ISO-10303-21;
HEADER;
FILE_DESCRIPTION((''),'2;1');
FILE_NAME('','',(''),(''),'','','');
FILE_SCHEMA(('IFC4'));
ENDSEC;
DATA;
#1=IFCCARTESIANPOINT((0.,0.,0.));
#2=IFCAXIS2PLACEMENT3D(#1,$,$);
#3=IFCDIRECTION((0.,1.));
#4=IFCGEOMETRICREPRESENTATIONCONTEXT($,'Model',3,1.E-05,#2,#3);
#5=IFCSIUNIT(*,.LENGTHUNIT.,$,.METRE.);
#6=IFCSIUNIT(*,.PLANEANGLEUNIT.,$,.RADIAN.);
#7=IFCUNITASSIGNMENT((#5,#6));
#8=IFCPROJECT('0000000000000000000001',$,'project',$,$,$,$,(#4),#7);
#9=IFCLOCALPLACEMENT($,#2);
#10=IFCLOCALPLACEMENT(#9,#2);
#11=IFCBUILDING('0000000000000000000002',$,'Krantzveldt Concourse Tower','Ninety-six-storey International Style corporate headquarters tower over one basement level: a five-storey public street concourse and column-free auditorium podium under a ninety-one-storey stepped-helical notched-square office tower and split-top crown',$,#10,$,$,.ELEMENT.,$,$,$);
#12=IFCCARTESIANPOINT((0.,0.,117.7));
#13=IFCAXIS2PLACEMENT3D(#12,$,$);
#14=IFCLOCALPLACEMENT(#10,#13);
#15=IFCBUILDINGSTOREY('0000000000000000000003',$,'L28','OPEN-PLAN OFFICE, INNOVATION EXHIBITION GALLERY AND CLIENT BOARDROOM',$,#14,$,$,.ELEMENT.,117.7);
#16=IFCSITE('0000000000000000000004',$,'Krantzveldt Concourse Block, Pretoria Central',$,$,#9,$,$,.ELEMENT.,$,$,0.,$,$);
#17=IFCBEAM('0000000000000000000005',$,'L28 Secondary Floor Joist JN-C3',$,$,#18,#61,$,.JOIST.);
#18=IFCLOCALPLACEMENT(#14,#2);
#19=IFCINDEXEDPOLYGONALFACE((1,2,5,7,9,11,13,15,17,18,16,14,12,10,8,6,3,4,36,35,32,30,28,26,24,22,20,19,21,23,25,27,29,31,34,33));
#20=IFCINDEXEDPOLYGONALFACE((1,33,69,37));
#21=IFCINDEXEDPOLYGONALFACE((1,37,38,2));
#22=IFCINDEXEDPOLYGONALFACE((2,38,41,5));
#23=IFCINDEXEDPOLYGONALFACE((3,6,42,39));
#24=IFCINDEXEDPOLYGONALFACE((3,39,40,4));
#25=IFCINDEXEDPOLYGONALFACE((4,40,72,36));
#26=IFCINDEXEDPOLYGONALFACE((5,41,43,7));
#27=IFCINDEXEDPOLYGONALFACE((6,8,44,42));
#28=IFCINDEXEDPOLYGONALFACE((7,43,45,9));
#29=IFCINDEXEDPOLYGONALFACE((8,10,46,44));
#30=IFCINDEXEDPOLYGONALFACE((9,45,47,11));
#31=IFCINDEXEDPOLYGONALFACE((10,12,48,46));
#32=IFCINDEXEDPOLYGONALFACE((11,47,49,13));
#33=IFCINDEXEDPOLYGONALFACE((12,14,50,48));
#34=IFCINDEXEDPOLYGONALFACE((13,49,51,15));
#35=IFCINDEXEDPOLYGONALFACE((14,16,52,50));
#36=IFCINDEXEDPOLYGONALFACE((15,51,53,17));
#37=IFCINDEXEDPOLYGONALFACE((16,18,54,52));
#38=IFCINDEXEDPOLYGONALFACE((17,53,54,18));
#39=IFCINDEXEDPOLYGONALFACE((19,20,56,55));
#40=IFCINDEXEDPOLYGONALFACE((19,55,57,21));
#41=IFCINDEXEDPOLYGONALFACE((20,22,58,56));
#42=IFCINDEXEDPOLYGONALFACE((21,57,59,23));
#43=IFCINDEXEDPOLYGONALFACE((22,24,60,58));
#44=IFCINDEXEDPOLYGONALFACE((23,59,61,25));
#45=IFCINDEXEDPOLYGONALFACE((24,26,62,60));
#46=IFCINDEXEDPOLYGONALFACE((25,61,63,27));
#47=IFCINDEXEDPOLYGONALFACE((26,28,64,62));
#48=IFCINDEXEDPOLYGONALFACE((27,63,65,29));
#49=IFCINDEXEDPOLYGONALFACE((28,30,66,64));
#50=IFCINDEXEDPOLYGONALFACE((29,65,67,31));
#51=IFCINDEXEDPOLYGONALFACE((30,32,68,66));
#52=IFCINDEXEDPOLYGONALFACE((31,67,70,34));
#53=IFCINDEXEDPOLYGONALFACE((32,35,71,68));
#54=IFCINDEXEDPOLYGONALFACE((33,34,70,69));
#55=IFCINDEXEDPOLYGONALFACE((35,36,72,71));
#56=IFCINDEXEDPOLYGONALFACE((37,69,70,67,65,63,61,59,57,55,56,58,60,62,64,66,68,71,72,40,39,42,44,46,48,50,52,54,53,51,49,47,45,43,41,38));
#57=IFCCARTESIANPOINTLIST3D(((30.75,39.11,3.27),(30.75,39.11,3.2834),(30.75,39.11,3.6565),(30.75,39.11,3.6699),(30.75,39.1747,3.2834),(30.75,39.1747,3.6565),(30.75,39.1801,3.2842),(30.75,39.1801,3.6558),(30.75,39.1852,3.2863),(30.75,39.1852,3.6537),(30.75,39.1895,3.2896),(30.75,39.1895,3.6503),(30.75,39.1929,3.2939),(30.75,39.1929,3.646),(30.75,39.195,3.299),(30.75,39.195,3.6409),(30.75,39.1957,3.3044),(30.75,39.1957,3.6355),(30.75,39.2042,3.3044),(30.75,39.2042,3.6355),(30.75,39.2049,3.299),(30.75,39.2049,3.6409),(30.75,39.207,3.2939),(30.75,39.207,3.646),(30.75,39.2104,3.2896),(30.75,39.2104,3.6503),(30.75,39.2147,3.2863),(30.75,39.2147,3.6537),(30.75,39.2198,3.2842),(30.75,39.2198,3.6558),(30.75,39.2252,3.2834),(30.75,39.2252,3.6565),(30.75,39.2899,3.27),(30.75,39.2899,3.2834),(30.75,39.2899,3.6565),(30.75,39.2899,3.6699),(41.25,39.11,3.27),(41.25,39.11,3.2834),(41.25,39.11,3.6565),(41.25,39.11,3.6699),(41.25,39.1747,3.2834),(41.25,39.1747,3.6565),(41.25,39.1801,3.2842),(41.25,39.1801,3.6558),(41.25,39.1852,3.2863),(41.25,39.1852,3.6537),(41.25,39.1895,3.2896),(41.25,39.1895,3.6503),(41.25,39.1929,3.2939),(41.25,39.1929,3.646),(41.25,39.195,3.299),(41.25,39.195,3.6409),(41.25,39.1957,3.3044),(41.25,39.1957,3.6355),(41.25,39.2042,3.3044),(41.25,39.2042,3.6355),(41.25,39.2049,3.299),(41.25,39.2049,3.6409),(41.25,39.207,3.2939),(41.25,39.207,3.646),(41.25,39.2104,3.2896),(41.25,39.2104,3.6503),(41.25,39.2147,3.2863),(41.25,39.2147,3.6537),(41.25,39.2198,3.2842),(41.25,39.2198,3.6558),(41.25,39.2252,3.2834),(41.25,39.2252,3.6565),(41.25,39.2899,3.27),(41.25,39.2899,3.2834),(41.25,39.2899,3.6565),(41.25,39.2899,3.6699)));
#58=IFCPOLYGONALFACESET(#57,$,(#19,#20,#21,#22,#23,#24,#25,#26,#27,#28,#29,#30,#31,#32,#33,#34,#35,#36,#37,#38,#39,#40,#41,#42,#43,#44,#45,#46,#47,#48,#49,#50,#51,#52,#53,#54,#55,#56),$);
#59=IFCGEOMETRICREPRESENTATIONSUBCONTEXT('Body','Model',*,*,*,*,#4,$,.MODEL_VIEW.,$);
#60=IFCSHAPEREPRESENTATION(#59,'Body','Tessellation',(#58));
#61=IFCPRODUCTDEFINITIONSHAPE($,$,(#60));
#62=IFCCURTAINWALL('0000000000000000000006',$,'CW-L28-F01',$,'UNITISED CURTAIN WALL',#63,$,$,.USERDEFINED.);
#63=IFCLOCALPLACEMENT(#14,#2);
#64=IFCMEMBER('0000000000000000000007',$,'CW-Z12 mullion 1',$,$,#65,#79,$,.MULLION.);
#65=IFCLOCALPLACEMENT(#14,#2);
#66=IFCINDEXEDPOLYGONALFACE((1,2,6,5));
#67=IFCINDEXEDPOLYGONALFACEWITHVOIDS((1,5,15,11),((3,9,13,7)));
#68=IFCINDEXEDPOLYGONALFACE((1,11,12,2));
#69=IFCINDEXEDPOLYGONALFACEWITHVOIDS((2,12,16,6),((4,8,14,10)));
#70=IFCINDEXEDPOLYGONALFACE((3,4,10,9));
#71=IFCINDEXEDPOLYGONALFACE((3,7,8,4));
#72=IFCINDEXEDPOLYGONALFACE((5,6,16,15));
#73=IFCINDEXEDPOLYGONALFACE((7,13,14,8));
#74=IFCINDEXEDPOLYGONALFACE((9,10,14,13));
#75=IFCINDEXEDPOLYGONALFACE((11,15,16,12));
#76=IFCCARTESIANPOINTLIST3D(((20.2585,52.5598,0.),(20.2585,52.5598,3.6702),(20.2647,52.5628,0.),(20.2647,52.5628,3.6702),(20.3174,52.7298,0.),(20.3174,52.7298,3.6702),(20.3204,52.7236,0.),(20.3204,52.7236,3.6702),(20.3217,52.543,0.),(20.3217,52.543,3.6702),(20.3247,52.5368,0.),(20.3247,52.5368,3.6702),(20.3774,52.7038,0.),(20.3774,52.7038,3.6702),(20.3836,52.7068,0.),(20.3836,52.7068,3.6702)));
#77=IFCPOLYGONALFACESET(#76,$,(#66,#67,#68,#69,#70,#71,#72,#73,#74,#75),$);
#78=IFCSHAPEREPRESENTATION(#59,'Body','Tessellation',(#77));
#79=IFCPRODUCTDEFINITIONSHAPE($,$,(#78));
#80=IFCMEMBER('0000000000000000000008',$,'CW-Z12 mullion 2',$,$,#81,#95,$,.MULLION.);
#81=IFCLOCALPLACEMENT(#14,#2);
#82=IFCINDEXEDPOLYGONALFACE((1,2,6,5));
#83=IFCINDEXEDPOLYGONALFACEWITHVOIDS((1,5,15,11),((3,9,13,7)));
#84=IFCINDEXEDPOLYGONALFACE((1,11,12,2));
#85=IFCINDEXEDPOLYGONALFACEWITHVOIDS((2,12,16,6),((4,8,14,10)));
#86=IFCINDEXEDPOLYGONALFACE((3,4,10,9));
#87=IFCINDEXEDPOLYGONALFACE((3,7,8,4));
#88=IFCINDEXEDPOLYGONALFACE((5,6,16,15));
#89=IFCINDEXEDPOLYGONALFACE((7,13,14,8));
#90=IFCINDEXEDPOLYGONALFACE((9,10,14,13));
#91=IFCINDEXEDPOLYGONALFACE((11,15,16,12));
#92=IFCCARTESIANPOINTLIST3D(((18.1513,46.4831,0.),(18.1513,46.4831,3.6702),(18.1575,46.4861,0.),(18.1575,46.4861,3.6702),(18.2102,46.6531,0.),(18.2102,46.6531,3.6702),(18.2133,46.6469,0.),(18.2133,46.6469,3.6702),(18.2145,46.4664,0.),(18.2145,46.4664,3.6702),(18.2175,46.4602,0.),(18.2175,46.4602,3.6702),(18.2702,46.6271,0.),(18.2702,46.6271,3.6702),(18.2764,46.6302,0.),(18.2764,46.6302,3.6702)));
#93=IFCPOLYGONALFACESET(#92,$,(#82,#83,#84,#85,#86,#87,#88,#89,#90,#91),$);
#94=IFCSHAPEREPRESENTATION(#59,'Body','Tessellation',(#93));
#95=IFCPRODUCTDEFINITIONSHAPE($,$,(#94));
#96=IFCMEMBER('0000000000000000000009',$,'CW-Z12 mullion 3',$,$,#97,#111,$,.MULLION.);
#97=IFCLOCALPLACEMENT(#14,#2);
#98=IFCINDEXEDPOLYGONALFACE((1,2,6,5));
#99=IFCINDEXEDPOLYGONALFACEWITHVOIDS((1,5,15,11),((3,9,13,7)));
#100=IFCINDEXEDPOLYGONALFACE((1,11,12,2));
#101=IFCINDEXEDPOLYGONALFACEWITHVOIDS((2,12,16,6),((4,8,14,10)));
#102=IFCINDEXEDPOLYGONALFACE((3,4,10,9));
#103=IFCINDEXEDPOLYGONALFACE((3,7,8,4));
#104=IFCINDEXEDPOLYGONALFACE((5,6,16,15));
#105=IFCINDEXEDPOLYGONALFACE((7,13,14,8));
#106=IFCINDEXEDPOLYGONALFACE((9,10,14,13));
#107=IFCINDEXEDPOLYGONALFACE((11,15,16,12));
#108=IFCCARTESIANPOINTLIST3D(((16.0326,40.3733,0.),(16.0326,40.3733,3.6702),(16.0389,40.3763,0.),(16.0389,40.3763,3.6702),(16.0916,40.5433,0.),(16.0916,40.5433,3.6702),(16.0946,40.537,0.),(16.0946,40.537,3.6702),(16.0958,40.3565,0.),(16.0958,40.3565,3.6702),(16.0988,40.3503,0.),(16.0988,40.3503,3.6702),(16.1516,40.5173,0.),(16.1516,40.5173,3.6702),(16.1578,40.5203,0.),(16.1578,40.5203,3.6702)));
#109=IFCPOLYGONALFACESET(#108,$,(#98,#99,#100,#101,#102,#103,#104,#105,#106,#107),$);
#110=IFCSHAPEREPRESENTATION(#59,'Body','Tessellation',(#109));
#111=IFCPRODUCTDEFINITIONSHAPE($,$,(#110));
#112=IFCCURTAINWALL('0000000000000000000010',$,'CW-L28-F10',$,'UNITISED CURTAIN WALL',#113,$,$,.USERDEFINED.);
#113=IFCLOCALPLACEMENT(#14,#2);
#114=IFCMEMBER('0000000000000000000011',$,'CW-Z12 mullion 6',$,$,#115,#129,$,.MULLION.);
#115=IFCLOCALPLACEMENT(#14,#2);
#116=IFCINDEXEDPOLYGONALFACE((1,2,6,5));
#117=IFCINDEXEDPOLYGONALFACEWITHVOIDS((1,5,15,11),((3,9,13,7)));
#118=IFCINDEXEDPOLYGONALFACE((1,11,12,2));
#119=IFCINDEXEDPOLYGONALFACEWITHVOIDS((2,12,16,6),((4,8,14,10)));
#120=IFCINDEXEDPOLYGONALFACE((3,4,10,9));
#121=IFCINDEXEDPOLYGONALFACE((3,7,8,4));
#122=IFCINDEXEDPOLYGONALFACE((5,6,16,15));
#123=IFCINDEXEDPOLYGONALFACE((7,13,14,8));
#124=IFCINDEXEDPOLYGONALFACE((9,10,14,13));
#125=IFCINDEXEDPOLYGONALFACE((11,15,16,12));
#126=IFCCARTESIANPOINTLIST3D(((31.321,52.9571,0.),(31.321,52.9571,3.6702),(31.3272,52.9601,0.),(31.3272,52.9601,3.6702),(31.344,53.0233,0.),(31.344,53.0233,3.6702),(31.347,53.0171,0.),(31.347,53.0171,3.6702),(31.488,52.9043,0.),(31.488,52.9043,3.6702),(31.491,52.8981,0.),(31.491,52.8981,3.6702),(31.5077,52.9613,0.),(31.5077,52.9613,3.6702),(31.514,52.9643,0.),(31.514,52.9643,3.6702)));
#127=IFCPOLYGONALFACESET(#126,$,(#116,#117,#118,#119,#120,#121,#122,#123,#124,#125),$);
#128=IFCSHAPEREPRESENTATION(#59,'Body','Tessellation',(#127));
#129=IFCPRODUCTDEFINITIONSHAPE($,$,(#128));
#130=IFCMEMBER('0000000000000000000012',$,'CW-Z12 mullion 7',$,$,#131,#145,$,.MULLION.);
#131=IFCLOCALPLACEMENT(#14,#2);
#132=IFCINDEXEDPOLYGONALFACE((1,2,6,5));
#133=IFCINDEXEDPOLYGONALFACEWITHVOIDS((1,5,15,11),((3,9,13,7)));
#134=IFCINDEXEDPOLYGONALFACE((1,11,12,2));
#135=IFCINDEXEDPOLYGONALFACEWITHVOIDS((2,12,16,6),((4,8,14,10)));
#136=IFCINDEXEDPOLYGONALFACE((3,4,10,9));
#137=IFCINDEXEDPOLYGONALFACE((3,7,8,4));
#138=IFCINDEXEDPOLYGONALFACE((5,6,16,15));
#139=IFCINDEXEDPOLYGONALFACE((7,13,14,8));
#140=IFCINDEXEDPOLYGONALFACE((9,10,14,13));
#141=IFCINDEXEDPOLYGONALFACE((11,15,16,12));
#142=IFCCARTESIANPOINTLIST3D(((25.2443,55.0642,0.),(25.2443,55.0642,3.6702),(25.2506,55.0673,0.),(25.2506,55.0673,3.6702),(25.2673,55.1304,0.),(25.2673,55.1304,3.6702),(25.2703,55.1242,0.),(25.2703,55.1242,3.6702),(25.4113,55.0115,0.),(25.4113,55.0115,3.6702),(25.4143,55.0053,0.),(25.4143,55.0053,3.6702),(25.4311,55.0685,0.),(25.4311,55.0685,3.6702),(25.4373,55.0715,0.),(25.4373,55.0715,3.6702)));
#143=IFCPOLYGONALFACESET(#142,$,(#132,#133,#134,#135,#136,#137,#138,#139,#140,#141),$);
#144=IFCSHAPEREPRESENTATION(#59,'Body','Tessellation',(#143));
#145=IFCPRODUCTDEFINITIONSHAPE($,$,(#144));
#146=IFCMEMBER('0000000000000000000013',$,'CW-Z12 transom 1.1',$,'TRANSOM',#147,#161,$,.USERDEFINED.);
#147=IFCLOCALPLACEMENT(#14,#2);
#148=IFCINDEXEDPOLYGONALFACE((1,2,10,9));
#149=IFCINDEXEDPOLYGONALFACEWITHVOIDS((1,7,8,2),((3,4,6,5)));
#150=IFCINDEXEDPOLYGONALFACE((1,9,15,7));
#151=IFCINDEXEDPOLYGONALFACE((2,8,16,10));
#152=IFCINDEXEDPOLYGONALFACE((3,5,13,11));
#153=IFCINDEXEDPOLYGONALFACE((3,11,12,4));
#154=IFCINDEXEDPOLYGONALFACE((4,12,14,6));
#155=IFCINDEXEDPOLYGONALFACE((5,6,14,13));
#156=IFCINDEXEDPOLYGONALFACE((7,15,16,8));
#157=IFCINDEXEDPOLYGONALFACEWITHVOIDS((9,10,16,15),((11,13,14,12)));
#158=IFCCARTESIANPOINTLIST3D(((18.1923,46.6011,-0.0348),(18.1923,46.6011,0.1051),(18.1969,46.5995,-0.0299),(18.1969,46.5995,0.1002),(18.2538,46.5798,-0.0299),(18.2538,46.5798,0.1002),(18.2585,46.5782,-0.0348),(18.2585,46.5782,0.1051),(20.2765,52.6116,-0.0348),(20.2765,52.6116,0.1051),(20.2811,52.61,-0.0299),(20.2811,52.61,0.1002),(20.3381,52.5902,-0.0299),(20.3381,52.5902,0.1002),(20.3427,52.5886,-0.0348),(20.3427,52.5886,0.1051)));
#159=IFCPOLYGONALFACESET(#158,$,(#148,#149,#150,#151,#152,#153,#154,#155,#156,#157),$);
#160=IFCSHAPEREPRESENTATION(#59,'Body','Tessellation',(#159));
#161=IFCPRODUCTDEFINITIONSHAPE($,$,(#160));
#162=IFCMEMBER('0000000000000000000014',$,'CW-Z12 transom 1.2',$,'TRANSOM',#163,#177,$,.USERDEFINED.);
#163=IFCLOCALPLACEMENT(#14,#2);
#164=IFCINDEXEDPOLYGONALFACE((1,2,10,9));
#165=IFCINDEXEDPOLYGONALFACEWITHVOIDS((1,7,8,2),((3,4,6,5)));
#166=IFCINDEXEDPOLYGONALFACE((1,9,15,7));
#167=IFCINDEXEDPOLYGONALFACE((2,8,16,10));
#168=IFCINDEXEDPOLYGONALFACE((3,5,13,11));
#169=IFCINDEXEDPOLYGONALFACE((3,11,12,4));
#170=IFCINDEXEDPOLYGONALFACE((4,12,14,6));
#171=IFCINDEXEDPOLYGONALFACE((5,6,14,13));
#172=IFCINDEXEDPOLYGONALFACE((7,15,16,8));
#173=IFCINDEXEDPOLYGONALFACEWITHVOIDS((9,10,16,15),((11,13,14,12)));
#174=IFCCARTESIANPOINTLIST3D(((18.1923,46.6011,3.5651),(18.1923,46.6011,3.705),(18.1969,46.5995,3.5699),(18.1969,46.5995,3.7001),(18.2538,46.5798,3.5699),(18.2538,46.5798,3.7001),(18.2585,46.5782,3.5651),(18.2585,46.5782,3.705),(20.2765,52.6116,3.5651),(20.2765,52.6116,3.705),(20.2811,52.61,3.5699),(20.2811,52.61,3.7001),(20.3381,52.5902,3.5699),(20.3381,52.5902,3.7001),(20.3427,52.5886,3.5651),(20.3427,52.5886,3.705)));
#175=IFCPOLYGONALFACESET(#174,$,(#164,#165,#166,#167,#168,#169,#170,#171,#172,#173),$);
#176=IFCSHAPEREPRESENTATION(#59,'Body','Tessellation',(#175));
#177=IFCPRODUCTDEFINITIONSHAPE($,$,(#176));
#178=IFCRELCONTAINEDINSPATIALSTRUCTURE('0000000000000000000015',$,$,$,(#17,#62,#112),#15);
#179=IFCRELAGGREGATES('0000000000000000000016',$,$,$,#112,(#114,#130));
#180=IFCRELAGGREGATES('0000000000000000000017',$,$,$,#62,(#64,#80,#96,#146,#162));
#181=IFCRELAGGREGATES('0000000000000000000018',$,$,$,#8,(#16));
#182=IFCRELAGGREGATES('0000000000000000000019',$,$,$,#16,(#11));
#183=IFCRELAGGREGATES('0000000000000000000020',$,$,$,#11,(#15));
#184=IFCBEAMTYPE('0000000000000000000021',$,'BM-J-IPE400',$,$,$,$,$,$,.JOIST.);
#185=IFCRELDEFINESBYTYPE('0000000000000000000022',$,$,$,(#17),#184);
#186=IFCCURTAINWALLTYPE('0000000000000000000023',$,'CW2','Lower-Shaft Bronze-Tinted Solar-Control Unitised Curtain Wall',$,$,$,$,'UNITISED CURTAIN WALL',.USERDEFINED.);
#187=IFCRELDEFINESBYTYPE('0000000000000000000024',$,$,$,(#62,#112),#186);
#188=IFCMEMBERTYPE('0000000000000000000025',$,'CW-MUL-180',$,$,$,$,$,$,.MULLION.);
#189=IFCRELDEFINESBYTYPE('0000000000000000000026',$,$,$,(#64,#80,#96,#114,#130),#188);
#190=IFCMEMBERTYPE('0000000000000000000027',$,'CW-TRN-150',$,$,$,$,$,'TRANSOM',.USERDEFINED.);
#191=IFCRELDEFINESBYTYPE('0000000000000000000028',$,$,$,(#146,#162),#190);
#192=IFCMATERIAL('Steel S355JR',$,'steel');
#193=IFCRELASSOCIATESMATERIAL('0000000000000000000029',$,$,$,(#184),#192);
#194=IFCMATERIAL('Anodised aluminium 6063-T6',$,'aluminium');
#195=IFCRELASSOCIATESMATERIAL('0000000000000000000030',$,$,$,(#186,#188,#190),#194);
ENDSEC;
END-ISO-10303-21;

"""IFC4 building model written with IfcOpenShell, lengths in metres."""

from ifc_helpers import new_model, si_unit, direction, frame, origin, origin_2d, place, context, subcontext, project, spatial, hollow_rectangle, i_section, extrude, source, transform, mapped, material, material_profile, profile_set, type_object, type_shapes, element, aggregate, save


model = new_model("IFC4")

# Units and contexts
model_context = context("Model", 3, precision=1e-05, world=origin(), true_north=direction((0.0, 1.0)))
body_context = subcontext(model_context, "Body", "Model", "MODEL_VIEW")
ifc_project = project(units=[si_unit("LENGTHUNIT", "METRE"), si_unit("PLANEANGLEUNIT", "RADIAN")], contexts=[model_context])

# Site, building, storey
site_placement = place(None, origin())
site = spatial("IfcSite", under=ifc_project, at=site_placement, Name="Krantzveldt Concourse Block, Pretoria Central", CompositionType="ELEMENT", RefElevation=0.0)
building_placement = place(site_placement, origin())
building = spatial("IfcBuilding", under=site, at=building_placement, Name="Krantzveldt Concourse Tower", Description="Ninety-six-storey International Style corporate headquarters tower over one basement level: a five-storey public street concourse and column-free auditorium podium under a ninety-one-storey stepped-helical notched-square office tower and split-top crown", CompositionType="ELEMENT")
storey_placement = place(building_placement, frame((0.0, 0.0, 117.7)))
storey = spatial("IfcBuildingStorey", under=building, at=storey_placement, Name="L28", Description="OPEN-PLAN OFFICE, INNOVATION EXHIBITION GALLERY AND CLIENT BOARDROOM", CompositionType="ELEMENT", Elevation=117.7)

# Beam
ifc_material_1 = material(Name="Steel S355JR", Category="steel")
ifc_material_profile_1 = material_profile(ifc_material_1, i_section(OverallWidth=0.1799, OverallDepth=0.3999, WebThickness=0.0085, FlangeThickness=0.0134, FilletRadius=0.021, at=origin_2d()), Name="Steel S355JR", Category="steel")
ifc_profile_set_1 = profile_set([ifc_material_profile_1], Name="Steel S355JR - IPE 400")
beam_type_1 = type_object("IfcBeamType", Name="BM-J-IPE400", PredefinedType="JOIST", material=ifc_profile_set_1)
shared_shape_1 = source(origin(), body_context, "Body", "SweptSolid", [
    extrude(i_section(OverallWidth=0.1799, OverallDepth=0.3999, WebThickness=0.0085, FlangeThickness=0.0134, FilletRadius=0.021, at=origin_2d()), origin(), (0.0, 0.0, 1.0), 10.5),
])
type_shapes(beam_type_1, [shared_shape_1])
beam_1_placement = place(storey_placement, frame((30.75, 39.2, 3.47), z_axis=(1.0, 0.0, 0.0), x_axis=(0.0, 1.0, 0.0)))
element("IfcBeam", 1, at=beam_1_placement, inside=storey, type_object=beam_type_1, Name="L28 Secondary Floor Joist JN-C3", PredefinedType="JOIST", context=body_context, shape_type="MappedRepresentation", body=[
    mapped(shared_shape_1, transform((0.0, 0.0, 0.0), x_axis=(1.0, 0.0, 0.0), y_axis=(0.0, 1.0, 0.0), z_axis=(0.0, 0.0, 1.0), scale=1.0)),
])

# Curtain walls, members
ifc_material_2 = material(Name="Anodised aluminium 6063-T6", Category="aluminium")
curtain_wall_type = type_object("IfcCurtainWallType", Name="CW2", Description="Lower-Shaft Bronze-Tinted Solar-Control Unitised Curtain Wall", ElementType="UNITISED CURTAIN WALL", PredefinedType="USERDEFINED", material=ifc_material_2)
curtain_wall_1_placement = place(storey_placement, origin())
curtain_wall_1 = element("IfcCurtainWall", 2, at=curtain_wall_1_placement, inside=storey, type_object=curtain_wall_type, Name="CW-L28-F01", ObjectType="UNITISED CURTAIN WALL", PredefinedType="USERDEFINED")
ifc_material_profile_2 = material_profile(ifc_material_2, hollow_rectangle(XDim=0.0701, YDim=0.1799, WallThickness=0.0049, at=origin_2d()), Name="Anodised aluminium 6063-T6", Category="aluminium")
ifc_profile_set_2 = profile_set([ifc_material_profile_2], Name="Anodised aluminium 6063-T6 - ALU-MULL 180x70x5")
member_type_1 = type_object("IfcMemberType", Name="CW-MUL-180", PredefinedType="MULLION", material=ifc_profile_set_2)
shared_shape_2 = source(origin(), body_context, "Body", "SweptSolid", [
    extrude(hollow_rectangle(XDim=0.0701, YDim=0.1799, WallThickness=0.0049, at=origin_2d()), origin(), (0.0, 0.0, 1.0), 3.6702),
])
type_shapes(member_type_1, [shared_shape_2])
member_1_placement = place(storey_placement, frame((20.321, 52.6333, 0.0), z_axis=(0.0, 0.0, 1.0), x_axis=(0.944806, -0.32763, 0.0)))
member_1 = element("IfcMember", 3, at=member_1_placement, type_object=member_type_1, Name="CW-Z12 mullion 1", PredefinedType="MULLION", context=body_context, shape_type="MappedRepresentation", body=[
    mapped(shared_shape_2, transform((0.0, 0.0, 0.0), x_axis=(1.0, 0.0, 0.0), y_axis=(0.0, 1.0, 0.0), z_axis=(0.0, 0.0, 1.0), scale=1.0)),
])
member_2_placement = place(storey_placement, frame((18.2139, 46.5566, 0.0), z_axis=(0.0, 0.0, 1.0), x_axis=(0.944806, -0.32763, 0.0)))
member_2 = element("IfcMember", 4, at=member_2_placement, type_object=member_type_1, Name="CW-Z12 mullion 2", PredefinedType="MULLION", context=body_context, shape_type="MappedRepresentation", body=[
    mapped(shared_shape_2, transform((0.0, 0.0, 0.0), x_axis=(1.0, 0.0, 0.0), y_axis=(0.0, 1.0, 0.0), z_axis=(0.0, 0.0, 1.0), scale=1.0)),
])
member_3_placement = place(storey_placement, frame((16.0952, 40.4468, 0.0), z_axis=(0.0, 0.0, 1.0), x_axis=(0.944806, -0.32763, 0.0)))
member_3 = element("IfcMember", 5, at=member_3_placement, type_object=member_type_1, Name="CW-Z12 mullion 3", PredefinedType="MULLION", context=body_context, shape_type="MappedRepresentation", body=[
    mapped(shared_shape_2, transform((0.0, 0.0, 0.0), x_axis=(1.0, 0.0, 0.0), y_axis=(0.0, 1.0, 0.0), z_axis=(0.0, 0.0, 1.0), scale=1.0)),
])
curtain_wall_2_placement = place(storey_placement, origin())
curtain_wall_2 = element("IfcCurtainWall", 6, at=curtain_wall_2_placement, inside=storey, type_object=curtain_wall_type, Name="CW-L28-F10", ObjectType="UNITISED CURTAIN WALL", PredefinedType="USERDEFINED")
member_4_placement = place(storey_placement, frame((31.4175, 52.9607, 0.0), z_axis=(0.0, 0.0, 1.0), x_axis=(-0.32763, -0.944806, 0.0)))
member_4 = element("IfcMember", 7, at=member_4_placement, type_object=member_type_1, Name="CW-Z12 mullion 6", PredefinedType="MULLION", context=body_context, shape_type="MappedRepresentation", body=[
    mapped(shared_shape_2, transform((0.0, 0.0, 0.0), x_axis=(1.0, 0.0, 0.0), y_axis=(0.0, 1.0, 0.0), z_axis=(0.0, 0.0, 1.0), scale=1.0)),
])
member_5_placement = place(storey_placement, frame((25.3408, 55.0679, 0.0), z_axis=(0.0, 0.0, 1.0), x_axis=(-0.32763, -0.944806, 0.0)))
member_5 = element("IfcMember", 8, at=member_5_placement, type_object=member_type_1, Name="CW-Z12 mullion 7", PredefinedType="MULLION", context=body_context, shape_type="MappedRepresentation", body=[
    mapped(shared_shape_2, transform((0.0, 0.0, 0.0), x_axis=(1.0, 0.0, 0.0), y_axis=(0.0, 1.0, 0.0), z_axis=(0.0, 0.0, 1.0), scale=1.0)),
])

# Members
ifc_material_profile_3 = material_profile(ifc_material_2, hollow_rectangle(XDim=0.0701, YDim=0.1399, WallThickness=0.0049, at=origin_2d()), Name="Anodised aluminium 6063-T6", Category="aluminium")
ifc_profile_set_3 = profile_set([ifc_material_profile_3], Name="Anodised aluminium 6063-T6 - ALU-TRAN 140x70x5")
member_type_2 = type_object("IfcMemberType", Name="CW-TRN-150", ElementType="TRANSOM", PredefinedType="USERDEFINED", material=ifc_profile_set_3)
shared_shape_3 = source(origin(), body_context, "Body", "SweptSolid", [
    extrude(hollow_rectangle(XDim=0.0701, YDim=0.1399, WallThickness=0.0049, at=origin_2d()), origin(), (0.0, 0.0, 1.0), 6.3616),
])
member_6_placement = place(storey_placement, frame((20.3096, 52.6001, 0.0352), z_axis=(-0.327626, -0.944808, 0.0), x_axis=(0.944808, -0.327626, 0.0)))
member_6 = element("IfcMember", 9, at=member_6_placement, type_object=member_type_2, Name="CW-Z12 transom 1.1", ObjectType="TRANSOM", PredefinedType="USERDEFINED", context=body_context, shape_type="MappedRepresentation", body=[
    mapped(shared_shape_3, transform((0.0, 0.0, 0.0), x_axis=(1.0, 0.0, 0.0), y_axis=(0.0, 1.0, 0.0), z_axis=(0.0, 0.0, 1.0), scale=1.0)),
])
member_7_placement = place(storey_placement, frame((20.3096, 52.6001, 3.635), z_axis=(-0.327626, -0.944808, 0.0), x_axis=(0.944808, -0.327626, 0.0)))
member_7 = element("IfcMember", 10, at=member_7_placement, type_object=member_type_2, Name="CW-Z12 transom 1.2", ObjectType="TRANSOM", PredefinedType="USERDEFINED", context=body_context, shape_type="MappedRepresentation", body=[
    mapped(shared_shape_3, transform((0.0, 0.0, 0.0), x_axis=(1.0, 0.0, 0.0), y_axis=(0.0, 1.0, 0.0), z_axis=(0.0, 0.0, 1.0), scale=1.0)),
])

aggregate(curtain_wall_2, [member_4, member_5])
aggregate(curtain_wall_1, [member_1, member_2, member_3, member_6, member_7])

save(model, "model.ifc")
